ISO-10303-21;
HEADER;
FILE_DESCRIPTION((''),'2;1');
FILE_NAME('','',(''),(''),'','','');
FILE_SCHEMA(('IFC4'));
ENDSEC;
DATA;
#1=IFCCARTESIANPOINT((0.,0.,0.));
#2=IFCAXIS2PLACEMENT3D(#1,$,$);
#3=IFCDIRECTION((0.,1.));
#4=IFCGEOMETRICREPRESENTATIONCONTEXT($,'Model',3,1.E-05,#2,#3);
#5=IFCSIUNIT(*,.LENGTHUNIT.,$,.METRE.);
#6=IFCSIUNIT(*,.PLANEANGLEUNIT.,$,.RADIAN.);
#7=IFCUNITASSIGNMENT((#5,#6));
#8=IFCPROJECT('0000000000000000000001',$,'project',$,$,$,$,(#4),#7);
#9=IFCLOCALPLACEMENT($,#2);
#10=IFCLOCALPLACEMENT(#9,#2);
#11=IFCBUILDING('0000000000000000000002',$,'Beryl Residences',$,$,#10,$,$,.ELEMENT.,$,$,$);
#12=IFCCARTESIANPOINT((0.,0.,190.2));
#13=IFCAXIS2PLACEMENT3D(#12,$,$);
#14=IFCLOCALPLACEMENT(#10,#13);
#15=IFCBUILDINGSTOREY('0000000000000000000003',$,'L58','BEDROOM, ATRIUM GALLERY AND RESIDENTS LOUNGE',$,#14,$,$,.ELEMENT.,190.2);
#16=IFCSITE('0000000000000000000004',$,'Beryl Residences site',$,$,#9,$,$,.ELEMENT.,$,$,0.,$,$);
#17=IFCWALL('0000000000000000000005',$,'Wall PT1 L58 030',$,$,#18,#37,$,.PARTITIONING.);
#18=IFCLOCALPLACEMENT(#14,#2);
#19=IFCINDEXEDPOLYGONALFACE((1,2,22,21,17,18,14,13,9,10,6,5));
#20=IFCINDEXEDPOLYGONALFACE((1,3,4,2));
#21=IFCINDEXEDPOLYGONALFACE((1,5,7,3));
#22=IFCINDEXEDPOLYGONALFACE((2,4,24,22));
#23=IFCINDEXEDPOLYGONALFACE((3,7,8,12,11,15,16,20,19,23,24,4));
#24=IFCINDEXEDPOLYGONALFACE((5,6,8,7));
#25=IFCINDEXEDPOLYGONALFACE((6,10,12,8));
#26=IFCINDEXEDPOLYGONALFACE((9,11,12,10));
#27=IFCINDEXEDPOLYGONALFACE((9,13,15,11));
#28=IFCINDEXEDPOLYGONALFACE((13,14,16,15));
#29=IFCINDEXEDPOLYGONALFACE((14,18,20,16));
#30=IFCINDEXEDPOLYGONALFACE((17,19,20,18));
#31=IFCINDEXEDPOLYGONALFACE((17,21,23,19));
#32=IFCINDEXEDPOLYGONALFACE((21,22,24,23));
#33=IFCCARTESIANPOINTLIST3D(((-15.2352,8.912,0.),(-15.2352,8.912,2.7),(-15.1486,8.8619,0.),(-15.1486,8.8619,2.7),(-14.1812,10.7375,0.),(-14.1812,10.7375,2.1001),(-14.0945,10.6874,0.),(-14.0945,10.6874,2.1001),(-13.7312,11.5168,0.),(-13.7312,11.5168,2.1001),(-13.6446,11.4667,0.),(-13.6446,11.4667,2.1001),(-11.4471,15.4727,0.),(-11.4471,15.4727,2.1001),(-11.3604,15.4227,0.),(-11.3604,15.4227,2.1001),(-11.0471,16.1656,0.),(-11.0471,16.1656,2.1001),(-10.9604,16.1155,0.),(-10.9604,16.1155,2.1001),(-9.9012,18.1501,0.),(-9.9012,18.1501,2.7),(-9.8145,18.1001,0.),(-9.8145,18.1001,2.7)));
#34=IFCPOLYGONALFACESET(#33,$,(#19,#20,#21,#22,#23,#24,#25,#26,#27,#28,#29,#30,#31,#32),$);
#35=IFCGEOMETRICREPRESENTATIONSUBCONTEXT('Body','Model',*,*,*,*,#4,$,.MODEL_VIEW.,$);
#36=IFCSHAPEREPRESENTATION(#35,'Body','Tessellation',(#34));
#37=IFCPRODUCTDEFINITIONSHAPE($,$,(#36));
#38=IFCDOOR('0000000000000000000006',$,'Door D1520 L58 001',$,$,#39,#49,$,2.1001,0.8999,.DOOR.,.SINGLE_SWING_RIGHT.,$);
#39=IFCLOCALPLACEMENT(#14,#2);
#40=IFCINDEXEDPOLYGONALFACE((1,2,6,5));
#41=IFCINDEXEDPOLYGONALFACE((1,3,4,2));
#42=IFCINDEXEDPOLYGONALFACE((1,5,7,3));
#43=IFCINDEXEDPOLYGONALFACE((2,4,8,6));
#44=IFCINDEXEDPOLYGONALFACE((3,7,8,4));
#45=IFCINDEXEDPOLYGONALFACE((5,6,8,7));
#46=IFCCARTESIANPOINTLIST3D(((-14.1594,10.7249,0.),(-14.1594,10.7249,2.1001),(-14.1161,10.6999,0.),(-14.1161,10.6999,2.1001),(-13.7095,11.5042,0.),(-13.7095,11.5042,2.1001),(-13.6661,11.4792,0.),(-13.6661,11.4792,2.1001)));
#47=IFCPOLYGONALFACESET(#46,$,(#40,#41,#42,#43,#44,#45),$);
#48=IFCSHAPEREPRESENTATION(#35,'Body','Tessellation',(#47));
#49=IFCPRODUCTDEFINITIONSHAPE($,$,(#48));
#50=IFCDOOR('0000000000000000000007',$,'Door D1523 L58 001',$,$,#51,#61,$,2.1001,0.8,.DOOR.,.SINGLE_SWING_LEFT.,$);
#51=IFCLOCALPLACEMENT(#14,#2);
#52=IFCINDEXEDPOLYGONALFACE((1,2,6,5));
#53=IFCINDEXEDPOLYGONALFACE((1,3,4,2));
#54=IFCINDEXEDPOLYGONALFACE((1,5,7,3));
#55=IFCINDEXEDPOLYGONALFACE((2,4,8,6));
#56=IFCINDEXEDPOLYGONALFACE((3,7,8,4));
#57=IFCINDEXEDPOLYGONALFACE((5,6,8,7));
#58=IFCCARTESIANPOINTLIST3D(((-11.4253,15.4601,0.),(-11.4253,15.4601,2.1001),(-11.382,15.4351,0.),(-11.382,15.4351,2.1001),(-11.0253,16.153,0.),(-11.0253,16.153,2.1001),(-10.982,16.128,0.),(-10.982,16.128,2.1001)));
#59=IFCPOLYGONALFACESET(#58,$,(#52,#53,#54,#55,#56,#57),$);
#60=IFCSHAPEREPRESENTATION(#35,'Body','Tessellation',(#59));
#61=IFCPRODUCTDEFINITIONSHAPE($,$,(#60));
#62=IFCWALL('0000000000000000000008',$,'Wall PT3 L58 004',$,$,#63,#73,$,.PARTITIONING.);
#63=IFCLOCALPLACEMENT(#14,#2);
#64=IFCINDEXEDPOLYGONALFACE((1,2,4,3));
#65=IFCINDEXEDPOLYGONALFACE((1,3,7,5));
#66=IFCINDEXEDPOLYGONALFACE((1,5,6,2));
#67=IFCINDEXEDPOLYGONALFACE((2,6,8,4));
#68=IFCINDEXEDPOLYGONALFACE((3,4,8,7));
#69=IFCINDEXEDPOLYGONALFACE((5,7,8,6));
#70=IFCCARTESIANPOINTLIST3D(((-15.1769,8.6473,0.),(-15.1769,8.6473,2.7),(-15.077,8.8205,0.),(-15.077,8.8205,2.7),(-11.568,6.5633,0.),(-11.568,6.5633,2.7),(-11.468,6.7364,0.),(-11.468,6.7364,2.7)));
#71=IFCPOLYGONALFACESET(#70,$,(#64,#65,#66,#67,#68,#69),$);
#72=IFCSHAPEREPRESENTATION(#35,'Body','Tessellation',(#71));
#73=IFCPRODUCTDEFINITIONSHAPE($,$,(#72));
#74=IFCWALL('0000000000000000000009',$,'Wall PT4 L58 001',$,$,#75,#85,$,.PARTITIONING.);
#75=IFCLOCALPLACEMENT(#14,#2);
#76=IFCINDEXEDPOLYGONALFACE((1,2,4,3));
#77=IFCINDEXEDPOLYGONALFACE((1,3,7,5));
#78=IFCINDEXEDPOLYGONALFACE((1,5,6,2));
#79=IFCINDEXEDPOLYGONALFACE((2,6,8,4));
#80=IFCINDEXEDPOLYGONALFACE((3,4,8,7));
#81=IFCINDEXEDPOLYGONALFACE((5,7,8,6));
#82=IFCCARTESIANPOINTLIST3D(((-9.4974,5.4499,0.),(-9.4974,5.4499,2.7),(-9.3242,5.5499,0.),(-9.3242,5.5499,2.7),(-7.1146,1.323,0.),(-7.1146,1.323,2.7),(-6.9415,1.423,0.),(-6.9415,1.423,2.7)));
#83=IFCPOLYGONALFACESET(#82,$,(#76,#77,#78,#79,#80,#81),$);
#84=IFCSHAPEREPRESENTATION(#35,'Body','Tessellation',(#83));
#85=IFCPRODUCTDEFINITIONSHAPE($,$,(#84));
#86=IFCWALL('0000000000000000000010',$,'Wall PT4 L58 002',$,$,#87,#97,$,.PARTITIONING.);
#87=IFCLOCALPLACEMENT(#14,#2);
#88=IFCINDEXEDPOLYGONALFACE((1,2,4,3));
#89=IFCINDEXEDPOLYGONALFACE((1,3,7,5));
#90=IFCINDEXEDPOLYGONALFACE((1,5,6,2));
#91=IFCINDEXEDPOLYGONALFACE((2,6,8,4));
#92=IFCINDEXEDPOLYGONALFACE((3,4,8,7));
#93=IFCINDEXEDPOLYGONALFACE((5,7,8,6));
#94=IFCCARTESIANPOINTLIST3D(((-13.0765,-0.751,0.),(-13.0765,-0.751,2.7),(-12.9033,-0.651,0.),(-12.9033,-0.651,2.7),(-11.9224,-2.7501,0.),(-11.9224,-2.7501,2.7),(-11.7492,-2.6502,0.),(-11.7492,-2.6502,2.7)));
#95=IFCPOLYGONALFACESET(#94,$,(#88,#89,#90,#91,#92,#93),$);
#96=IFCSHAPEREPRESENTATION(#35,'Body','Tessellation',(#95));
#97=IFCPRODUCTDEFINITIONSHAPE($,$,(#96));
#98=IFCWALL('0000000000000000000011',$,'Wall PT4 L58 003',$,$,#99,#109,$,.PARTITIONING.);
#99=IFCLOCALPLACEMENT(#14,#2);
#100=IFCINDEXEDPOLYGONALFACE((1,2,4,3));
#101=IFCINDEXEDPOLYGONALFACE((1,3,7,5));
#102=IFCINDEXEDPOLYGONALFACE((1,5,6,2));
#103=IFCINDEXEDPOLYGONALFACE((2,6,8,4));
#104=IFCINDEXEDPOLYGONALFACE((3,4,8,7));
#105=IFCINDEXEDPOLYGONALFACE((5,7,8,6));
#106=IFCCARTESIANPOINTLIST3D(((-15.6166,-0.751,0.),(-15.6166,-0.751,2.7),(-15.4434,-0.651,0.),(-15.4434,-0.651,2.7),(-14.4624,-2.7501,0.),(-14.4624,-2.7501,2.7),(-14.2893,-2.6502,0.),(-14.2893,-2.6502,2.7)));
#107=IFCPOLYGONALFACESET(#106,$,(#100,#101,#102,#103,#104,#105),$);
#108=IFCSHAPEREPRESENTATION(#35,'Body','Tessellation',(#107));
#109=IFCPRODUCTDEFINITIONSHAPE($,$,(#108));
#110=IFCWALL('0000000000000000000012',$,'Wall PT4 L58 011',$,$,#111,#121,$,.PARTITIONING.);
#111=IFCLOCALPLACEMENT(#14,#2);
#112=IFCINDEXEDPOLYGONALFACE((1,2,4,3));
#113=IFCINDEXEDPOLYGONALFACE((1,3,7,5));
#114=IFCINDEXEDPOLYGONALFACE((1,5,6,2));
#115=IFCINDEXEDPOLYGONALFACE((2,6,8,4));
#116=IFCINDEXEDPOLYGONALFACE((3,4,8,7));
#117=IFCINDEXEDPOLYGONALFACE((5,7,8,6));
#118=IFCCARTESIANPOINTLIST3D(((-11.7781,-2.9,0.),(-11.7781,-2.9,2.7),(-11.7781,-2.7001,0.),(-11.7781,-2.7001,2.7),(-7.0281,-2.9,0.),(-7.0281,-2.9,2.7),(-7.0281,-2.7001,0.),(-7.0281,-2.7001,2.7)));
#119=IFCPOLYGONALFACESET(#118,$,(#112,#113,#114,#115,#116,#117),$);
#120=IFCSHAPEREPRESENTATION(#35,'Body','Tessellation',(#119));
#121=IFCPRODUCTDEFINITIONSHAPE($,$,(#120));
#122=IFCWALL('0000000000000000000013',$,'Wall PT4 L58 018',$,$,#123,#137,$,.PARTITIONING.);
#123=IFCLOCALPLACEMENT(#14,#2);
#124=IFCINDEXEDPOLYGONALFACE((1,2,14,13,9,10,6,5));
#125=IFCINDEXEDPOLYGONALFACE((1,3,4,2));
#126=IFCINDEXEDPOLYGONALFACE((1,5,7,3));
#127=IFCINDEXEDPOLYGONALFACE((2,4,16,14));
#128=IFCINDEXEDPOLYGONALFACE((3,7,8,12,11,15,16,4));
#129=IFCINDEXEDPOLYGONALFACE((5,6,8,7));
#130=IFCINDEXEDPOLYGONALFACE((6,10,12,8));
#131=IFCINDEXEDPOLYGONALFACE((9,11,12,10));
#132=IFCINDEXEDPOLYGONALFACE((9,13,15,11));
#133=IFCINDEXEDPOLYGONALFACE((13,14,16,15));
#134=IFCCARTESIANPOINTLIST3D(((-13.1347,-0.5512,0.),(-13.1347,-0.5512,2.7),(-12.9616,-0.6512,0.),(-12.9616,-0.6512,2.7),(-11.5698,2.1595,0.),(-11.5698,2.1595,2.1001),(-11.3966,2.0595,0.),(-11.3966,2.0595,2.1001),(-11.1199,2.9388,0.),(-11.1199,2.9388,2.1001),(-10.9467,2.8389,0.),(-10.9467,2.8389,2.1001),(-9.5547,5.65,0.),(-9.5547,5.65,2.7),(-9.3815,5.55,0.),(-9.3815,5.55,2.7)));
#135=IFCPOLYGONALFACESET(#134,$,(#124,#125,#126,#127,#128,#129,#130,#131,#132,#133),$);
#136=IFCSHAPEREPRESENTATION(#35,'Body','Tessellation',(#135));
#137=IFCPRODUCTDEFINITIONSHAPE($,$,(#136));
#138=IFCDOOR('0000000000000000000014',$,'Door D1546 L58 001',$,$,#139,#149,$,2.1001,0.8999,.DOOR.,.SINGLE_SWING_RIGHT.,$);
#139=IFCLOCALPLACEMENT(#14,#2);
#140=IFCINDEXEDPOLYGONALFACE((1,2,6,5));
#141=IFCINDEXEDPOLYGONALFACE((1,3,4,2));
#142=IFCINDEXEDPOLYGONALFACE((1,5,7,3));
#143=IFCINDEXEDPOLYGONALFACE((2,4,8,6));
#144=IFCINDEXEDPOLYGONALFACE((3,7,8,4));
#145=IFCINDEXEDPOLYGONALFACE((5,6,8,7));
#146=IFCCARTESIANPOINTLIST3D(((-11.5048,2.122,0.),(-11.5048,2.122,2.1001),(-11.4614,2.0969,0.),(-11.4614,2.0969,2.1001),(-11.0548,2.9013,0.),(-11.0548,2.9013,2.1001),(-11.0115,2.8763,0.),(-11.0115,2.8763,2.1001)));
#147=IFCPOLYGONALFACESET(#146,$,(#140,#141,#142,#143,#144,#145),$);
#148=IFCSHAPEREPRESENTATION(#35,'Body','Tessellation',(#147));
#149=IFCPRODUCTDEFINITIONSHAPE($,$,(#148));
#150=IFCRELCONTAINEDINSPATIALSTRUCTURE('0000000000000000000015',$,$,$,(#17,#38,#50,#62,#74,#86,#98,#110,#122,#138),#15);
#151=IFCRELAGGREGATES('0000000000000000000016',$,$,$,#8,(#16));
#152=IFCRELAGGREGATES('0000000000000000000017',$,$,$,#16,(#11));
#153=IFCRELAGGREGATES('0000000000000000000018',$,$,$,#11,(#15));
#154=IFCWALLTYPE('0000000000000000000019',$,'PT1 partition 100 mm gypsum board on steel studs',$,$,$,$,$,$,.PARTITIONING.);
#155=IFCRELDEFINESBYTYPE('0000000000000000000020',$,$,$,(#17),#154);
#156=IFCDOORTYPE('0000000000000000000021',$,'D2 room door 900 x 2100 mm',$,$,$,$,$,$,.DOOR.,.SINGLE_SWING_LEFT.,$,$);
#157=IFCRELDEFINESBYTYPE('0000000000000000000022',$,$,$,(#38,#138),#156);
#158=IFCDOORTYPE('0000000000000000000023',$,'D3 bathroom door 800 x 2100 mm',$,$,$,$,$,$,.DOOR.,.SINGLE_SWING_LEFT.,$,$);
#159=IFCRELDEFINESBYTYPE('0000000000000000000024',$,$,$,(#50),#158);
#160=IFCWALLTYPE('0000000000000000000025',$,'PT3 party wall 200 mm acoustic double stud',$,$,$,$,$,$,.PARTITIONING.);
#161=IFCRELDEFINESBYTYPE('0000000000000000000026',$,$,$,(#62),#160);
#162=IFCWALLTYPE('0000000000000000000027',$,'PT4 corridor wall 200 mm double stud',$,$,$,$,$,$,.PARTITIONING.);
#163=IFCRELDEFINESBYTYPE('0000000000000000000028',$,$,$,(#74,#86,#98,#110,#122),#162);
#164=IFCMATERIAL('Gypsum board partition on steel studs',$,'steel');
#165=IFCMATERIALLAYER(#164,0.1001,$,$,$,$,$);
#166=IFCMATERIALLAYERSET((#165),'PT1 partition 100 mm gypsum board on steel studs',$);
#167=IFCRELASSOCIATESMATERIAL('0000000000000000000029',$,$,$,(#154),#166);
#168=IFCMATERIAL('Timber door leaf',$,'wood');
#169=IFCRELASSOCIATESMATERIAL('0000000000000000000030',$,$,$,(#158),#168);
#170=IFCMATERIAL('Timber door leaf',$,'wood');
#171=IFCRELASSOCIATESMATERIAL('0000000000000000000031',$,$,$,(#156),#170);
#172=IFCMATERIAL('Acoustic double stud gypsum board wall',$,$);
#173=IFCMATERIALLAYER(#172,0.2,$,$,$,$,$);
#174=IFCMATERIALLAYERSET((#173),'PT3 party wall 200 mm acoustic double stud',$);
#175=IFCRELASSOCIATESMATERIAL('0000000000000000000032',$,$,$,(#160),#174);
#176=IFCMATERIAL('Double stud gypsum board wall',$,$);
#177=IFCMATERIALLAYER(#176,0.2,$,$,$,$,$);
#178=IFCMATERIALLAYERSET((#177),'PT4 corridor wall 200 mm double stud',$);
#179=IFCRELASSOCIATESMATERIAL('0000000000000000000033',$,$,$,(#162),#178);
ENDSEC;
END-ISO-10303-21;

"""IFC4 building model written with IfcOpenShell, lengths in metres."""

from ifc_helpers import new_model, si_unit, direction, frame, frame_2d, origin, place, context, subcontext, project, spatial, rectangle, extrude, material, layer, layer_set, type_object, element, fill, save


model = new_model("IFC4")

# Units and contexts
model_context = context("Model", 3, precision=1e-05, world=origin(), true_north=direction((0.0, 1.0)))
body_context = subcontext(model_context, "Body", "Model", "MODEL_VIEW")
ifc_project = project(units=[si_unit("LENGTHUNIT", "METRE"), si_unit("PLANEANGLEUNIT", "RADIAN")], contexts=[model_context])

# Site, building, storey
site_placement = place(None, origin())
site = spatial("IfcSite", under=ifc_project, at=site_placement, Name="Beryl Residences site", CompositionType="ELEMENT", RefElevation=0.0)
building_placement = place(site_placement, origin())
building = spatial("IfcBuilding", under=site, at=building_placement, Name="Beryl Residences", CompositionType="ELEMENT")
storey_placement = place(building_placement, frame((0.0, 0.0, 190.2)))
storey = spatial("IfcBuildingStorey", under=building, at=storey_placement, Name="L58", Description="BEDROOM, ATRIUM GALLERY AND RESIDENTS LOUNGE", CompositionType="ELEMENT", Elevation=190.2)

# Shared definitions
ifc_material_1 = material(Name="Gypsum board partition on steel studs", Category="steel")
ifc_layer_1 = layer(ifc_material_1, 0.1001)
ifc_layer_set_1 = layer_set([ifc_layer_1], Name="PT1 partition 100 mm gypsum board on steel studs")
wall_type_1 = type_object("IfcWallType", Name="PT1 partition 100 mm gypsum board on steel studs", PredefinedType="PARTITIONING", material=ifc_layer_set_1)
ifc_material_2 = material(Name="Timber door leaf", Category="wood")
door_type_1 = type_object("IfcDoorType", Name="D3 bathroom door 800 x 2100 mm", OperationType="SINGLE_SWING_LEFT", PredefinedType="DOOR", material=ifc_material_2)
ifc_material_3 = material(Name="Timber door leaf", Category="wood")
door_type_2 = type_object("IfcDoorType", Name="D2 room door 900 x 2100 mm", OperationType="SINGLE_SWING_LEFT", PredefinedType="DOOR", material=ifc_material_3)

# Wall, openings, doors
wall_1_placement = place(storey_placement, frame((-15.1919, 8.887, 0.0), z_axis=(0.0, 0.0, 1.0), x_axis=(0.500028, 0.866009, 0.0)))
wall_1 = element("IfcWall", 1, at=wall_1_placement, inside=storey, type_object=wall_type_1, Name="Wall PT1 L58 030", PredefinedType="PARTITIONING", context=body_context, shape_type="SweptSolid", body=[
    extrude(rectangle(XDim=10.6675, YDim=0.1001, at=frame_2d((5.3337, 0.0))), origin(), (0.0, 0.0, 1.0), 2.7),
])
opening_1_placement = place(wall_1_placement, frame((2.1079, 0.0, 0.0)))
opening_1 = element("IfcOpeningElement", 2, at=opening_1_placement, cuts=wall_1, PredefinedType="OPENING", context=body_context, shape_type="SweptSolid", body=[
    extrude(rectangle(XDim=0.8999, YDim=2.1001, at=frame_2d((0.45, 1.05))), frame((0.0, 0.0601, 0.0), z_axis=(0.0, -1.0, 0.0), x_axis=(1.0, 0.0, 0.0)), (0.0, 0.0, 1.0), 0.1201),
])
opening_2_placement = place(wall_1_placement, frame((7.5759, 0.0, 0.0)))
opening_2 = element("IfcOpeningElement", 3, at=opening_2_placement, cuts=wall_1, PredefinedType="OPENING", context=body_context, shape_type="SweptSolid", body=[
    extrude(rectangle(XDim=0.8, YDim=2.1001, at=frame_2d((0.3999, 1.05))), frame((0.0, 0.0601, 0.0), z_axis=(0.0, -1.0, 0.0), x_axis=(1.0, 0.0, 0.0)), (0.0, 0.0, 1.0), 0.1201),
])
door_1_placement = place(opening_1_placement, origin())
door_1 = element("IfcDoor", 4, at=door_1_placement, inside=storey, type_object=door_type_2, Name="Door D1520 L58 001", OperationType="SINGLE_SWING_RIGHT", OverallHeight=2.1001, OverallWidth=0.8999, PredefinedType="DOOR", context=body_context, shape_type="SweptSolid", body=[
    extrude(rectangle(XDim=0.8999, YDim=2.1001, at=frame_2d((0.45, 1.05))), frame((0.0, 0.0249, 0.0), z_axis=(0.0, -1.0, 0.0), x_axis=(1.0, 0.0, 0.0)), (0.0, 0.0, 1.0), 0.05),
])
fill(opening_1, door_1)
door_2_placement = place(opening_2_placement, origin())
door_2 = element("IfcDoor", 5, at=door_2_placement, inside=storey, type_object=door_type_1, Name="Door D1523 L58 001", OperationType="SINGLE_SWING_LEFT", OverallHeight=2.1001, OverallWidth=0.8, PredefinedType="DOOR", context=body_context, shape_type="SweptSolid", body=[
    extrude(rectangle(XDim=0.8, YDim=2.1001, at=frame_2d((0.3999, 1.05))), frame((0.0, 0.0249, 0.0), z_axis=(0.0, -1.0, 0.0), x_axis=(1.0, 0.0, 0.0)), (0.0, 0.0, 1.0), 0.05),
])
fill(opening_2, door_2)

# Walls
ifc_material_4 = material(Name="Acoustic double stud gypsum board wall")
ifc_layer_2 = layer(ifc_material_4, 0.2)
ifc_layer_set_2 = layer_set([ifc_layer_2], Name="PT3 party wall 200 mm acoustic double stud")
wall_type_2 = type_object("IfcWallType", Name="PT3 party wall 200 mm acoustic double stud", PredefinedType="PARTITIONING", material=ifc_layer_set_2)
wall_2_placement = place(storey_placement, frame((-15.127, 8.7339, 0.0), z_axis=(0.0, 0.0, 1.0), x_axis=(0.865985, -0.500071, 0.0)))
element("IfcWall", 6, at=wall_2_placement, inside=storey, type_object=wall_type_2, Name="Wall PT3 L58 004", PredefinedType="PARTITIONING", context=body_context, shape_type="SweptSolid", body=[
    extrude(rectangle(XDim=4.1675, YDim=0.2, at=frame_2d((2.0837, 0.0))), origin(), (0.0, 0.0, 1.0), 2.7),
])
ifc_material_5 = material(Name="Double stud gypsum board wall")
ifc_layer_3 = layer(ifc_material_5, 0.2)
ifc_layer_set_3 = layer_set([ifc_layer_3], Name="PT4 corridor wall 200 mm double stud")
wall_type_3 = type_object("IfcWallType", Name="PT4 corridor wall 200 mm double stud", PredefinedType="PARTITIONING", material=ifc_layer_set_3)
wall_3_placement = place(storey_placement, frame((-9.4109, 5.5, 0.0), z_axis=(0.0, 0.0, 1.0), x_axis=(0.500018, -0.866015, 0.0)))
element("IfcWall", 7, at=wall_3_placement, inside=storey, type_object=wall_type_3, Name="Wall PT4 L58 001", PredefinedType="PARTITIONING", context=body_context, shape_type="SweptSolid", body=[
    extrude(rectangle(XDim=4.7654, YDim=0.2, at=frame_2d((2.3828, 0.0))), origin(), (0.0, 0.0, 1.0), 2.7),
])
for number, where, z_axis, x_axis, name in (
    (8, (-12.99, -0.7009, 0.0), (0.0, 0.0, 1.0), (0.499973, -0.866041, 0.0), "Wall PT4 L58 002"),
    (9, (-15.53, -0.7009, 0.0), (0.0, 0.0, 1.0), (0.499973, -0.866041, 0.0), "Wall PT4 L58 003"),
):
    element("IfcWall", number, at=place(storey_placement, frame(where, z_axis=z_axis, x_axis=x_axis)), inside=storey, type_object=wall_type_3, Name=name, PredefinedType="PARTITIONING", context=body_context, shape_type="SweptSolid", body=[
        extrude(rectangle(XDim=2.3083, YDim=0.2, at=frame_2d((1.1543, 0.0))), origin(), (0.0, 0.0, 1.0), 2.7),
    ])
wall_4_placement = place(storey_placement, frame((-11.7781, -2.8, 0.0), z_axis=(0.0, 0.0, 1.0), x_axis=(1.0, 0.0, 0.0)))
element("IfcWall", 10, at=wall_4_placement, inside=storey, type_object=wall_type_3, Name="Wall PT4 L58 011", PredefinedType="PARTITIONING", context=body_context, shape_type="SweptSolid", body=[
    extrude(rectangle(XDim=4.75, YDim=0.2, at=frame_2d((2.375, 0.0))), origin(), (0.0, 0.0, 1.0), 2.7),
])

# Wall, opening, door
wall_5_placement = place(storey_placement, frame((-13.0481, -0.6011, 0.0), z_axis=(0.0, 0.0, 1.0), x_axis=(0.499982, 0.866036, 0.0)))
wall_5 = element("IfcWall", 11, at=wall_5_placement, inside=storey, type_object=wall_type_3, Name="Wall PT4 L58 018", PredefinedType="PARTITIONING", context=body_context, shape_type="SweptSolid", body=[
    extrude(rectangle(XDim=7.1604, YDim=0.2, at=frame_2d((3.5801, 0.0))), origin(), (0.0, 0.0, 1.0), 2.7),
])
opening_3_placement = place(wall_5_placement, frame((3.1299, 0.0, 0.0)))
opening_3 = element("IfcOpeningElement", 12, at=opening_3_placement, cuts=wall_5, PredefinedType="OPENING", context=body_context, shape_type="SweptSolid", body=[
    extrude(rectangle(XDim=0.8999, YDim=2.1001, at=frame_2d((0.45, 1.05))), frame((0.0, 0.1099, 0.0), z_axis=(0.0, -1.0, 0.0), x_axis=(1.0, 0.0, 0.0)), (0.0, 0.0, 1.0), 0.22),
])
door_3_placement = place(opening_3_placement, origin())
door_3 = element("IfcDoor", 13, at=door_3_placement, inside=storey, type_object=door_type_2, Name="Door D1546 L58 001", OperationType="SINGLE_SWING_RIGHT", OverallHeight=2.1001, OverallWidth=0.8999, PredefinedType="DOOR", context=body_context, shape_type="SweptSolid", body=[
    extrude(rectangle(XDim=0.8999, YDim=2.1001, at=frame_2d((0.45, 1.05))), frame((0.0, 0.0249, 0.0), z_axis=(0.0, -1.0, 0.0), x_axis=(1.0, 0.0, 0.0)), (0.0, 0.0, 1.0), 0.05),
])
fill(opening_3, door_3)

save(model, "model.ifc")
